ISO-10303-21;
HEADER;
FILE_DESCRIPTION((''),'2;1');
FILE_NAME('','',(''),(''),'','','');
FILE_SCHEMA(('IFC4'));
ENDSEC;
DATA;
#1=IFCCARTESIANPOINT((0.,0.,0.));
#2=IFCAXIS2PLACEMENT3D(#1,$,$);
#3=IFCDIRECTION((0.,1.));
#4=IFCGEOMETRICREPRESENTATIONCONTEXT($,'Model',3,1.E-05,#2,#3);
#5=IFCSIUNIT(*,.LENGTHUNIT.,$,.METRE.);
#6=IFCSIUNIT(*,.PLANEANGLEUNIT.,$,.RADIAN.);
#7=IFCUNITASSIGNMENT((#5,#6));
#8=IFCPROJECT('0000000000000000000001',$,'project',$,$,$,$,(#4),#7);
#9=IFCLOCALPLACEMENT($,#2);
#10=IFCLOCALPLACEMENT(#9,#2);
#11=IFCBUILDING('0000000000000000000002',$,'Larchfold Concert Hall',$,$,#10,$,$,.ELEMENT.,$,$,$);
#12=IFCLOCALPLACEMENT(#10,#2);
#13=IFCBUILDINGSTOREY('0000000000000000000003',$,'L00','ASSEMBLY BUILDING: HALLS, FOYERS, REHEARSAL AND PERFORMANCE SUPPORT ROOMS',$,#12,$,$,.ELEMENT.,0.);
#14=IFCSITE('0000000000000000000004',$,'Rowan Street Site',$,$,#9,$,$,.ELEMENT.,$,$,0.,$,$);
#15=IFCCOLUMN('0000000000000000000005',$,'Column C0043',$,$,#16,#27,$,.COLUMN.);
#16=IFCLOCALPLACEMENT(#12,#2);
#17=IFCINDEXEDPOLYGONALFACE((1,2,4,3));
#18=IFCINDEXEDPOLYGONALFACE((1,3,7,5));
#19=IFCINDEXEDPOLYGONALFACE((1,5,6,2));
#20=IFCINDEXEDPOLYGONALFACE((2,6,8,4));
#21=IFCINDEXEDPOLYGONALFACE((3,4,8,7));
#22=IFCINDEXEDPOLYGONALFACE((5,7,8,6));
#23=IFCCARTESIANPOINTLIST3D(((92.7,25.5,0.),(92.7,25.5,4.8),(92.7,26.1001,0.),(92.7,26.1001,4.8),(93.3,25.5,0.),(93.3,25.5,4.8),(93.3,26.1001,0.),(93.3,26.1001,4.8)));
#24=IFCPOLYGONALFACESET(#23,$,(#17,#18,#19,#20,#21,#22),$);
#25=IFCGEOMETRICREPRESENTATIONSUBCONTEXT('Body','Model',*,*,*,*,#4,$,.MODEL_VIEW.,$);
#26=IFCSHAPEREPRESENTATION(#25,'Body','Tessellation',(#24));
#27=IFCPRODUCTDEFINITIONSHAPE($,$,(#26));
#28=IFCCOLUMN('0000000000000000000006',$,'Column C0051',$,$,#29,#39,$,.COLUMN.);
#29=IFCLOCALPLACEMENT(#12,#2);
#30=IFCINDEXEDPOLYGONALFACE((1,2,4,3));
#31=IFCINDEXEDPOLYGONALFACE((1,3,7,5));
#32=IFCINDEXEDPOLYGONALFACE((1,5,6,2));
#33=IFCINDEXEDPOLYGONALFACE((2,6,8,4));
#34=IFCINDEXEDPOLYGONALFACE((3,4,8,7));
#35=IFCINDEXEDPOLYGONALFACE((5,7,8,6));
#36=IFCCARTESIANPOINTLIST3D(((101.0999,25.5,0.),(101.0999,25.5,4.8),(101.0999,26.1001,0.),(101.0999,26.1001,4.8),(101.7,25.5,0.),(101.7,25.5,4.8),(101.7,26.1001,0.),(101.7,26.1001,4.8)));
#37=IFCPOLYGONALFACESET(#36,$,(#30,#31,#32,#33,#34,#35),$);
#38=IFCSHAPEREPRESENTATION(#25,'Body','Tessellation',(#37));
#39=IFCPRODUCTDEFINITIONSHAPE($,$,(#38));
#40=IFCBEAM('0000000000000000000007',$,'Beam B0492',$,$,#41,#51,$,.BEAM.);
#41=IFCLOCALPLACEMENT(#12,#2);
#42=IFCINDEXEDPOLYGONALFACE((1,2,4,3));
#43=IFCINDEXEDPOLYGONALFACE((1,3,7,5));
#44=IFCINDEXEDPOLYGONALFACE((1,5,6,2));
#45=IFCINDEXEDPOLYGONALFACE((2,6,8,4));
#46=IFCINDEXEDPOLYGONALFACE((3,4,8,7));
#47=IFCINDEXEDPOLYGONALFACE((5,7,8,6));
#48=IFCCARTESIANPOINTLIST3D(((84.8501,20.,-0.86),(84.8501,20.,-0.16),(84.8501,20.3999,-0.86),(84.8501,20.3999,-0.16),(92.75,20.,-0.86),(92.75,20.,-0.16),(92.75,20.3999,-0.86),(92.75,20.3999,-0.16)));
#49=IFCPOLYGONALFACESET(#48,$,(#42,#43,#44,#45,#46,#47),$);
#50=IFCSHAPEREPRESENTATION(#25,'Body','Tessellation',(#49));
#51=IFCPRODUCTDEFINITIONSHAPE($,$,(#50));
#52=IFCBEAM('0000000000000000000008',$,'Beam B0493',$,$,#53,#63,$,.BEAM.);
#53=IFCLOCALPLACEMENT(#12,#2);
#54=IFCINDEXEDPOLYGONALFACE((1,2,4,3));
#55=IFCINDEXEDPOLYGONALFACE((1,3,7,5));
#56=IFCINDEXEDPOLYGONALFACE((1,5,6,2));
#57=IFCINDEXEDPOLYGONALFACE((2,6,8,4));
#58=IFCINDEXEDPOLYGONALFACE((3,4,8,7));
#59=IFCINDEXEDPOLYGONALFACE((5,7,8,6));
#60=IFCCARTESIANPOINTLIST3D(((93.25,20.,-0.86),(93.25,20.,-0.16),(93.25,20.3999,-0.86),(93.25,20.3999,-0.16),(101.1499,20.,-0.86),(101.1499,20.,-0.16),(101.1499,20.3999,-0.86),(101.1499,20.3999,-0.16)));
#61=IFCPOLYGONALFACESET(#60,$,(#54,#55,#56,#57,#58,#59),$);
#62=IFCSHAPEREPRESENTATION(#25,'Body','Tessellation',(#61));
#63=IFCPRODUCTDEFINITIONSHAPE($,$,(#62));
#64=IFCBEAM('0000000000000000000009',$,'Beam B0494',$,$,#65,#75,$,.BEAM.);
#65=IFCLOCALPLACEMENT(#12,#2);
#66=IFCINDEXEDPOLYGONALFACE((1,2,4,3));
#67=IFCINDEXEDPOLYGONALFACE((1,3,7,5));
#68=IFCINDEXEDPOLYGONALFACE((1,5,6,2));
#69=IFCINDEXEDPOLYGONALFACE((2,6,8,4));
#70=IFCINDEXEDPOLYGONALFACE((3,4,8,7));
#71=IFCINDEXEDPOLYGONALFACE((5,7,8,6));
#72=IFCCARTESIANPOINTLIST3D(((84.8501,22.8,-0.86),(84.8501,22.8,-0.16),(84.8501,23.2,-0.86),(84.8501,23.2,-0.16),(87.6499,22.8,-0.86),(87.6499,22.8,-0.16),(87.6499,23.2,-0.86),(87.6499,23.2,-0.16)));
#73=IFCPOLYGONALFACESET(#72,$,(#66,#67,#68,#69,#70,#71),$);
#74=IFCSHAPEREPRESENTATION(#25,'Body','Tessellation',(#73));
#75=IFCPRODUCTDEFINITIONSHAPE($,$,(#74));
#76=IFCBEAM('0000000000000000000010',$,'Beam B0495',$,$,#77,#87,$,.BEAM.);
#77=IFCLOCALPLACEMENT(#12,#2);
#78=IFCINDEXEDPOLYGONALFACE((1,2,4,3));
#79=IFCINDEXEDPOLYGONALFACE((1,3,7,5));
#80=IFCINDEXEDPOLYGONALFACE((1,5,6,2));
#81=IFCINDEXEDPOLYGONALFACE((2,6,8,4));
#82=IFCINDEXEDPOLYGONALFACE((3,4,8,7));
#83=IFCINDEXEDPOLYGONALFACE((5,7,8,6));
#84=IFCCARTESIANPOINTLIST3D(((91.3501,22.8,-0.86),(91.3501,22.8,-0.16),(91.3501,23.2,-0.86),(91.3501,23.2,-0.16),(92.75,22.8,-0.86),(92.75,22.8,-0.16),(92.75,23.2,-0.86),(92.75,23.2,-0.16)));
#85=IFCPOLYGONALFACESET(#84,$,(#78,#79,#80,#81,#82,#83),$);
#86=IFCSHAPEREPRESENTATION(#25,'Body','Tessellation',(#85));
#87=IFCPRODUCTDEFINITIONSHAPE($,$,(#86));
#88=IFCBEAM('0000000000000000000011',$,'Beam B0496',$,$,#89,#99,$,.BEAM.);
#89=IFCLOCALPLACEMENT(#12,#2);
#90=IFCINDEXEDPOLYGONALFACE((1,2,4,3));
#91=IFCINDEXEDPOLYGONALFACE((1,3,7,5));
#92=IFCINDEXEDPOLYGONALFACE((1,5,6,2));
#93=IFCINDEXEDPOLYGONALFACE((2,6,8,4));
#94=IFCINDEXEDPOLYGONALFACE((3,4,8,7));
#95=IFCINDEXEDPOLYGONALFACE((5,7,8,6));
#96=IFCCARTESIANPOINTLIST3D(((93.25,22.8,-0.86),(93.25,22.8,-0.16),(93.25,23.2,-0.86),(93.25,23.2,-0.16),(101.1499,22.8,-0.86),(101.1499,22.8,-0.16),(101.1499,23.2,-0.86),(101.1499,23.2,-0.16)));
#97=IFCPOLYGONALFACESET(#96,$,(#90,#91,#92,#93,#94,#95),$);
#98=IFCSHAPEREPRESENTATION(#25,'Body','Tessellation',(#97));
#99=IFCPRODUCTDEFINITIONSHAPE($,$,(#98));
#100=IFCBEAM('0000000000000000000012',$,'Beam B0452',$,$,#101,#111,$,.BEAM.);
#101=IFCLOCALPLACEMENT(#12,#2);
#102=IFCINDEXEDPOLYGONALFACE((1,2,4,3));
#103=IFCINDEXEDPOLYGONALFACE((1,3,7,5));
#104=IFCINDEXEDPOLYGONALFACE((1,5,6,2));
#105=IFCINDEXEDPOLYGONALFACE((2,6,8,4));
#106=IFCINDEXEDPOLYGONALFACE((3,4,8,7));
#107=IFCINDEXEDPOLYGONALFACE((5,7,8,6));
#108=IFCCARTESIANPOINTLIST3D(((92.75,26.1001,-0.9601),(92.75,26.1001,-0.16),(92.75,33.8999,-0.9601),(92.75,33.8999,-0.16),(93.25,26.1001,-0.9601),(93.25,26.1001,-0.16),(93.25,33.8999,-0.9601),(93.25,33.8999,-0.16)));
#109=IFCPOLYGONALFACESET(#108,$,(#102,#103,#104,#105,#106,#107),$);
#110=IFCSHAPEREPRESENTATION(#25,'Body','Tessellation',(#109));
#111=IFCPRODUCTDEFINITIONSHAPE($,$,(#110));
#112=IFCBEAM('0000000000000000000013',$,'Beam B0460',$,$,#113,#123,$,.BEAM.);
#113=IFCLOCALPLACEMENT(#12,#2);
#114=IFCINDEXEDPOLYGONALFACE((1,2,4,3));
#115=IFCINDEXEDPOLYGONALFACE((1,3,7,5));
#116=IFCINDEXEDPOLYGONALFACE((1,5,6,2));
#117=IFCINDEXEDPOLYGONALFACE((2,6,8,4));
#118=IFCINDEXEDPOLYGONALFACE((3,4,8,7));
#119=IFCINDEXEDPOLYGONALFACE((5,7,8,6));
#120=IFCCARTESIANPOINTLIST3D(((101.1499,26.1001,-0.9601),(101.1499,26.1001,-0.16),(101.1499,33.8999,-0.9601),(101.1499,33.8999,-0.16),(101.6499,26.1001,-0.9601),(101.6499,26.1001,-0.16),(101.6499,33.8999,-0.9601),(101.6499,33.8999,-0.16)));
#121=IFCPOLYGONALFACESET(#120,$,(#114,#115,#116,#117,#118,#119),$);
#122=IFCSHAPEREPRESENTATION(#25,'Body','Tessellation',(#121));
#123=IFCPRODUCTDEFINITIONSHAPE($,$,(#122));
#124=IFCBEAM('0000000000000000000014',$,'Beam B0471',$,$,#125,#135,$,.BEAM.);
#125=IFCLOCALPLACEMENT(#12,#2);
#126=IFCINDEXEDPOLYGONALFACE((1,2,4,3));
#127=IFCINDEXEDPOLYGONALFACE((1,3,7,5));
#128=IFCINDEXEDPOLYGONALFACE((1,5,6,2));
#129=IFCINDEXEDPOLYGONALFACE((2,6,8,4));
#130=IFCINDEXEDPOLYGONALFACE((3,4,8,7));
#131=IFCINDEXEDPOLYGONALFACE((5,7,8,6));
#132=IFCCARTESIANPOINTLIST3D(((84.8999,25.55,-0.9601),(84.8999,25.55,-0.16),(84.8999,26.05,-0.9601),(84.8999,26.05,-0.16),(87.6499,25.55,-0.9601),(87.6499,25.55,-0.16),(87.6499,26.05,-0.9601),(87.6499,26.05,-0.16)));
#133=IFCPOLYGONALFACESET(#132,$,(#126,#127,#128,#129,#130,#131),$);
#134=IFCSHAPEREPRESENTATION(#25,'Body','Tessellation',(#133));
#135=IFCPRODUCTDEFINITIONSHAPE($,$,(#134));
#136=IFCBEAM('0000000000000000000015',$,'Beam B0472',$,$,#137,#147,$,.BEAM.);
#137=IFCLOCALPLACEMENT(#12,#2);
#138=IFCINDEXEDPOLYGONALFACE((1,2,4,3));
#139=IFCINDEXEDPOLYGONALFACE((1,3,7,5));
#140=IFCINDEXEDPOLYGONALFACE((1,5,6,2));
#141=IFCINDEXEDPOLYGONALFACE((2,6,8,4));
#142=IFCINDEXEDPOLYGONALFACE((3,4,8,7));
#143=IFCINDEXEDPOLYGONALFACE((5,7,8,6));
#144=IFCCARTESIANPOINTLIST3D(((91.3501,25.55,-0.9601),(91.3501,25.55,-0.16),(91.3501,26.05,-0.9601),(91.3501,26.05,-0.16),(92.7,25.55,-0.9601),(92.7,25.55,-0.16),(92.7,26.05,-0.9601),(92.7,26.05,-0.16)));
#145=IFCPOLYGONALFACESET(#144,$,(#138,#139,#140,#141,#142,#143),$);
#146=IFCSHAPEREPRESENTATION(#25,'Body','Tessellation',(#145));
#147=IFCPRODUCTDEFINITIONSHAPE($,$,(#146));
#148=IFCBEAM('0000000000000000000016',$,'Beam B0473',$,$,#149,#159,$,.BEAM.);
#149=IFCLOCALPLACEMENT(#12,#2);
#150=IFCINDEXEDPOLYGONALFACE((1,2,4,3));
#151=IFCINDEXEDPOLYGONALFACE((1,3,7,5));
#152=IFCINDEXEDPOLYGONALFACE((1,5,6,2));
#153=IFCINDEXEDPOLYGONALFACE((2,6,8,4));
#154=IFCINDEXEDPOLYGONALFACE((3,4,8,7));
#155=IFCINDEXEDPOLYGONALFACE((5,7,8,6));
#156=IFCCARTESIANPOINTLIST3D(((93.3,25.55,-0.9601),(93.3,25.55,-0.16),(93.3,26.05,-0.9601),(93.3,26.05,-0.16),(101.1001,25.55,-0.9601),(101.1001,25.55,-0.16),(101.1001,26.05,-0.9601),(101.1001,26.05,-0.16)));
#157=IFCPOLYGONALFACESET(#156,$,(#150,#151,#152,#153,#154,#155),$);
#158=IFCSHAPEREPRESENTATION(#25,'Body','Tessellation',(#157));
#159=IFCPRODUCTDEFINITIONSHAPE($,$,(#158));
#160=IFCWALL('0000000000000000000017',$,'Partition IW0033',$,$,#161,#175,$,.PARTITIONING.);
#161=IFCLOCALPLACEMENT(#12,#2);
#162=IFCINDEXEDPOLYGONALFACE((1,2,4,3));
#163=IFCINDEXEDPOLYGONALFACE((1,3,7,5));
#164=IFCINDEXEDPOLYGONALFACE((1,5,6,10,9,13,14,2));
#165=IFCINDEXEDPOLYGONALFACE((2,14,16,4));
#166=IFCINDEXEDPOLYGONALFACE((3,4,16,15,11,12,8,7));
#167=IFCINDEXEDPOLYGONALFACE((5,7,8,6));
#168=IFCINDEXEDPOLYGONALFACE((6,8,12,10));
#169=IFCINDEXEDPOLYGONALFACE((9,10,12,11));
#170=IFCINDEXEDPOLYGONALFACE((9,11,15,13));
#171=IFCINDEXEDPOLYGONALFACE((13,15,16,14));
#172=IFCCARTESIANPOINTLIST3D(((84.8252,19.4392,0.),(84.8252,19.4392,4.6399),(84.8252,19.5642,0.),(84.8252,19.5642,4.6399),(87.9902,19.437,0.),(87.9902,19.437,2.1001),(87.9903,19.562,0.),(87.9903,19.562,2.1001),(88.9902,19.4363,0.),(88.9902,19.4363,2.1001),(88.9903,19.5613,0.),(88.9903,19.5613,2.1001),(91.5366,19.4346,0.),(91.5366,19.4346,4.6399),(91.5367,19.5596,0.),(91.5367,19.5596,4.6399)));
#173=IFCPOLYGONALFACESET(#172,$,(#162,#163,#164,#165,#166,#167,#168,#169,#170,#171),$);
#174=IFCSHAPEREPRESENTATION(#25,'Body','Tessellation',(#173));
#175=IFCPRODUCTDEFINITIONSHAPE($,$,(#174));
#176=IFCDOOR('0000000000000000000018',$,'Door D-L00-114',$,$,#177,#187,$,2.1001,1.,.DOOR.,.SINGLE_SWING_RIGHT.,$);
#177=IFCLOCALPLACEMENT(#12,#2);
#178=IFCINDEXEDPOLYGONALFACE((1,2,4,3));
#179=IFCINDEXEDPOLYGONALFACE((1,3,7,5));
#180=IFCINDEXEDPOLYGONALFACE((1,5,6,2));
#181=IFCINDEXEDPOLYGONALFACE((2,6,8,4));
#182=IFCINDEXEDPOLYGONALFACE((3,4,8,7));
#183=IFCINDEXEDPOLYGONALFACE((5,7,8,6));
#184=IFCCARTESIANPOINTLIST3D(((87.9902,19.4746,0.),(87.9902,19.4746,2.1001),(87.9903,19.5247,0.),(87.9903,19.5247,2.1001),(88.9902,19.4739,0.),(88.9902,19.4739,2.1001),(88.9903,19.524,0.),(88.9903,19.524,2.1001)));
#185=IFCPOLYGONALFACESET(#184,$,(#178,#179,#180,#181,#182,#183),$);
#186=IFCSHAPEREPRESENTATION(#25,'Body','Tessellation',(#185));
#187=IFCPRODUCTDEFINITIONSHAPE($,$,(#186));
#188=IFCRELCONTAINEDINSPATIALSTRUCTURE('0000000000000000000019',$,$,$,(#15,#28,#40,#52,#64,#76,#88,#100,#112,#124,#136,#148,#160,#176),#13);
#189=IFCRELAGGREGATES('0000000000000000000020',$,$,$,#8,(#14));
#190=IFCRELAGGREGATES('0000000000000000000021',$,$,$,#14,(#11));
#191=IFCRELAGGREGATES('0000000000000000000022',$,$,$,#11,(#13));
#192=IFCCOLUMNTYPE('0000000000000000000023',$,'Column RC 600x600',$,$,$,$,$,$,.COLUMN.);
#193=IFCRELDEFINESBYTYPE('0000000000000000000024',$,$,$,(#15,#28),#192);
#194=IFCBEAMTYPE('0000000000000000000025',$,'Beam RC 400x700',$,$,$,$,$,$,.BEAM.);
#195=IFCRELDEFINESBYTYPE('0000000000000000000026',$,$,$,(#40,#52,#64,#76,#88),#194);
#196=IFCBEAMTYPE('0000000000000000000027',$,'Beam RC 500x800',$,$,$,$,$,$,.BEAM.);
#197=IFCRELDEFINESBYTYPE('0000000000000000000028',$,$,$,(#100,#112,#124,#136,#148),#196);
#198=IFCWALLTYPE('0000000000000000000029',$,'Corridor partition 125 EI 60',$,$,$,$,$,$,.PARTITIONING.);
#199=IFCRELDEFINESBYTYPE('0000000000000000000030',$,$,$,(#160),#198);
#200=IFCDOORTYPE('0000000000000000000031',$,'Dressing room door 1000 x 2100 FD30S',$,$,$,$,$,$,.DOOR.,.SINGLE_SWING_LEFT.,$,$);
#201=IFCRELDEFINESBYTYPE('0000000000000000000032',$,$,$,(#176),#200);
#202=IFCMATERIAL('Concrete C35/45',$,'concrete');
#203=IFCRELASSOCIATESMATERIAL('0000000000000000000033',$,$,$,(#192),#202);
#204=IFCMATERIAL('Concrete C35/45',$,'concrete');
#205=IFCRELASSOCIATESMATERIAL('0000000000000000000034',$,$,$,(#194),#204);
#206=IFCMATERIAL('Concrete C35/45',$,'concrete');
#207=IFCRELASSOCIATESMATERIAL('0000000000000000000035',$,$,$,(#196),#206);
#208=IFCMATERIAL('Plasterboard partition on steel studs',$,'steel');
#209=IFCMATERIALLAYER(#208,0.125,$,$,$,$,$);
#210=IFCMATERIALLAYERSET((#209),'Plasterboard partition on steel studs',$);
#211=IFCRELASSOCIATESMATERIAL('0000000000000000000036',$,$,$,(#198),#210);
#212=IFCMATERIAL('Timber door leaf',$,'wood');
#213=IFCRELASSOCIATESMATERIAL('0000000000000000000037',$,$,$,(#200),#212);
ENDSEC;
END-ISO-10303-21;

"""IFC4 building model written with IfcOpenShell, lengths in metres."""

from ifc_helpers import new_model, si_unit, direction, frame, frame_2d, origin, origin_2d, place, context, subcontext, project, spatial, rectangle, extrude, material, layer, layer_set, material_profile, profile_set, type_object, element, fill, save


model = new_model("IFC4")

# Units and contexts
model_context = context("Model", 3, precision=1e-05, world=origin(), true_north=direction((0.0, 1.0)))
body_context = subcontext(model_context, "Body", "Model", "MODEL_VIEW")
ifc_project = project(units=[si_unit("LENGTHUNIT", "METRE"), si_unit("PLANEANGLEUNIT", "RADIAN")], contexts=[model_context])

# Site, building, storey
site_placement = place(None, origin())
site = spatial("IfcSite", under=ifc_project, at=site_placement, Name="Rowan Street Site", CompositionType="ELEMENT", RefElevation=0.0)
building_placement = place(site_placement, origin())
building = spatial("IfcBuilding", under=site, at=building_placement, Name="Larchfold Concert Hall", CompositionType="ELEMENT")
storey_placement = place(building_placement, origin())
storey = spatial("IfcBuildingStorey", under=building, at=storey_placement, Name="L00", Description="ASSEMBLY BUILDING: HALLS, FOYERS, REHEARSAL AND PERFORMANCE SUPPORT ROOMS", CompositionType="ELEMENT", Elevation=0.0)

# Columns
ifc_material_1 = material(Name="Concrete C35/45", Category="concrete")
ifc_material_profile_1 = material_profile(ifc_material_1, rectangle(XDim=0.6001, YDim=0.6001, at=origin_2d()))
ifc_profile_set_1 = profile_set([ifc_material_profile_1], Name="Concrete C35/45")
column_type = type_object("IfcColumnType", Name="Column RC 600x600", PredefinedType="COLUMN", material=ifc_profile_set_1)
for number, where, z_axis, x_axis, name in (
    (1, (93.0, 25.8, 0.0), (0.0, 0.0, 1.0), (1.0, 0.0, 0.0), "Column C0043"),
    (2, (101.3999, 25.8, 0.0), (0.0, 0.0, 1.0), (1.0, 0.0, 0.0), "Column C0051"),
):
    element("IfcColumn", number, at=place(storey_placement, frame(where, z_axis=z_axis, x_axis=x_axis)), inside=storey, type_object=column_type, Name=name, PredefinedType="COLUMN", context=body_context, shape_type="SweptSolid", body=[
        extrude(rectangle(XDim=0.6001, YDim=0.6001, at=origin_2d()), origin(), (0.0, 0.0, 1.0), 4.8),
    ])

# Beams
ifc_material_2 = material(Name="Concrete C35/45", Category="concrete")
ifc_material_profile_2 = material_profile(ifc_material_2, rectangle(XDim=0.3999, YDim=0.7, at=origin_2d()))
ifc_profile_set_2 = profile_set([ifc_material_profile_2], Name="Concrete C35/45")
beam_type_1 = type_object("IfcBeamType", Name="Beam RC 400x700", PredefinedType="BEAM", material=ifc_profile_set_2)
for number, where, z_axis, x_axis, name in (
    (3, (84.8501, 20.2, -0.51), (1.0, 0.0, 0.0), (0.0, 1.0, 0.0), "Beam B0492"),
    (4, (93.25, 20.2, -0.51), (1.0, 0.0, 0.0), (0.0, 1.0, 0.0), "Beam B0493"),
):
    element("IfcBeam", number, at=place(storey_placement, frame(where, z_axis=z_axis, x_axis=x_axis)), inside=storey, type_object=beam_type_1, Name=name, PredefinedType="BEAM", context=body_context, shape_type="SweptSolid", body=[
        extrude(rectangle(XDim=0.3999, YDim=0.7, at=origin_2d()), origin(), (0.0, 0.0, 1.0), 7.8999),
    ])
beam_1_placement = place(storey_placement, frame((84.8501, 23.0, -0.51), z_axis=(1.0, 0.0, 0.0), x_axis=(0.0, 1.0, 0.0)))
element("IfcBeam", 5, at=beam_1_placement, inside=storey, type_object=beam_type_1, Name="Beam B0494", PredefinedType="BEAM", context=body_context, shape_type="SweptSolid", body=[
    extrude(rectangle(XDim=0.3999, YDim=0.7, at=origin_2d()), origin(), (0.0, 0.0, 1.0), 2.7998),
])
beam_2_placement = place(storey_placement, frame((91.3501, 23.0, -0.51), z_axis=(1.0, 0.0, 0.0), x_axis=(0.0, 1.0, 0.0)))
element("IfcBeam", 6, at=beam_2_placement, inside=storey, type_object=beam_type_1, Name="Beam B0495", PredefinedType="BEAM", context=body_context, shape_type="SweptSolid", body=[
    extrude(rectangle(XDim=0.3999, YDim=0.7, at=origin_2d()), origin(), (0.0, 0.0, 1.0), 1.3999),
])
beam_3_placement = place(storey_placement, frame((93.25, 23.0, -0.51), z_axis=(1.0, 0.0, 0.0), x_axis=(0.0, 1.0, 0.0)))
element("IfcBeam", 7, at=beam_3_placement, inside=storey, type_object=beam_type_1, Name="Beam B0496", PredefinedType="BEAM", context=body_context, shape_type="SweptSolid", body=[
    extrude(rectangle(XDim=0.3999, YDim=0.7, at=origin_2d()), origin(), (0.0, 0.0, 1.0), 7.8999),
])
ifc_material_3 = material(Name="Concrete C35/45", Category="concrete")
ifc_material_profile_3 = material_profile(ifc_material_3, rectangle(XDim=0.5, YDim=0.8, at=origin_2d()))
ifc_profile_set_3 = profile_set([ifc_material_profile_3], Name="Concrete C35/45")
beam_type_2 = type_object("IfcBeamType", Name="Beam RC 500x800", PredefinedType="BEAM", material=ifc_profile_set_3)
for number, where, z_axis, x_axis, name in (
    (8, (93.0, 26.1001, -0.5601), (0.0, 1.0, 0.0), (-1.0, 0.0, 0.0), "Beam B0452"),
    (9, (101.3999, 26.1001, -0.5601), (0.0, 1.0, 0.0), (-1.0, 0.0, 0.0), "Beam B0460"),
):
    element("IfcBeam", number, at=place(storey_placement, frame(where, z_axis=z_axis, x_axis=x_axis)), inside=storey, type_object=beam_type_2, Name=name, PredefinedType="BEAM", context=body_context, shape_type="SweptSolid", body=[
        extrude(rectangle(XDim=0.5, YDim=0.8, at=origin_2d()), origin(), (0.0, 0.0, 1.0), 7.7998),
    ])
beam_4_placement = place(storey_placement, frame((84.8999, 25.8, -0.5601), z_axis=(1.0, 0.0, 0.0), x_axis=(0.0, 1.0, 0.0)))
element("IfcBeam", 10, at=beam_4_placement, inside=storey, type_object=beam_type_2, Name="Beam B0471", PredefinedType="BEAM", context=body_context, shape_type="SweptSolid", body=[
    extrude(rectangle(XDim=0.5, YDim=0.8, at=origin_2d()), origin(), (0.0, 0.0, 1.0), 2.75),
])
beam_5_placement = place(storey_placement, frame((91.3501, 25.8, -0.5601), z_axis=(1.0, 0.0, 0.0), x_axis=(0.0, 1.0, 0.0)))
element("IfcBeam", 11, at=beam_5_placement, inside=storey, type_object=beam_type_2, Name="Beam B0472", PredefinedType="BEAM", context=body_context, shape_type="SweptSolid", body=[
    extrude(rectangle(XDim=0.5, YDim=0.8, at=origin_2d()), origin(), (0.0, 0.0, 1.0), 1.3499),
])
beam_6_placement = place(storey_placement, frame((93.3, 25.8, -0.5601), z_axis=(1.0, 0.0, 0.0), x_axis=(0.0, 1.0, 0.0)))
element("IfcBeam", 12, at=beam_6_placement, inside=storey, type_object=beam_type_2, Name="Beam B0473", PredefinedType="BEAM", context=body_context, shape_type="SweptSolid", body=[
    extrude(rectangle(XDim=0.5, YDim=0.8, at=origin_2d()), origin(), (0.0, 0.0, 1.0), 7.8),
])

# Wall, opening, door
ifc_material_4 = material(Name="Plasterboard partition on steel studs", Category="steel")
ifc_layer_1 = layer(ifc_material_4, 0.125)
ifc_layer_set_1 = layer_set([ifc_layer_1], Name="Plasterboard partition on steel studs")
wall_type_1 = type_object("IfcWallType", Name="Corridor partition 125 EI 60", PredefinedType="PARTITIONING", material=ifc_layer_set_1)
wall_1_placement = place(storey_placement, frame((91.5366, 19.4971, 0.0), z_axis=(0.0, 0.0, 1.0), x_axis=(-1.0, 0.000691, 0.0)))
wall_1 = element("IfcWall", 13, at=wall_1_placement, inside=storey, type_object=wall_type_1, Name="Partition IW0033", PredefinedType="PARTITIONING", context=body_context, shape_type="SweptSolid", body=[
    extrude(rectangle(XDim=6.7114, YDim=0.125, at=frame_2d((3.3557, 0.0))), origin(), (0.0, 0.0, 1.0), 4.6399),
])
opening_1_placement = place(wall_1_placement, frame((2.5464, 0.0, 0.0)))
opening_1 = element("IfcOpeningElement", 14, at=opening_1_placement, cuts=wall_1, PredefinedType="OPENING", context=body_context, shape_type="SweptSolid", body=[
    extrude(rectangle(XDim=1.0, YDim=2.1001, at=frame_2d((0.5, 1.05))), frame((0.0, 0.0725, 0.0), z_axis=(0.0, -1.0, 0.0), x_axis=(1.0, 0.0, 0.0)), (0.0, 0.0, 1.0), 0.145),
])
ifc_material_5 = material(Name="Timber door leaf", Category="wood")
door_type_1 = type_object("IfcDoorType", Name="Dressing room door 1000 x 2100 FD30S", OperationType="SINGLE_SWING_LEFT", PredefinedType="DOOR", material=ifc_material_5)
door_1_placement = place(opening_1_placement, origin())
door_1 = element("IfcDoor", 15, at=door_1_placement, inside=storey, type_object=door_type_1, Name="Door D-L00-114", OperationType="SINGLE_SWING_RIGHT", OverallHeight=2.1001, OverallWidth=1.0, PredefinedType="DOOR", context=body_context, shape_type="SweptSolid", body=[
    extrude(rectangle(XDim=1.0, YDim=2.1001, at=frame_2d((0.5, 1.05))), frame((0.0, 0.0249, 0.0), z_axis=(0.0, -1.0, 0.0), x_axis=(1.0, 0.0, 0.0)), (0.0, 0.0, 1.0), 0.05),
])
fill(opening_1, door_1)

save(model, "model.ifc")
